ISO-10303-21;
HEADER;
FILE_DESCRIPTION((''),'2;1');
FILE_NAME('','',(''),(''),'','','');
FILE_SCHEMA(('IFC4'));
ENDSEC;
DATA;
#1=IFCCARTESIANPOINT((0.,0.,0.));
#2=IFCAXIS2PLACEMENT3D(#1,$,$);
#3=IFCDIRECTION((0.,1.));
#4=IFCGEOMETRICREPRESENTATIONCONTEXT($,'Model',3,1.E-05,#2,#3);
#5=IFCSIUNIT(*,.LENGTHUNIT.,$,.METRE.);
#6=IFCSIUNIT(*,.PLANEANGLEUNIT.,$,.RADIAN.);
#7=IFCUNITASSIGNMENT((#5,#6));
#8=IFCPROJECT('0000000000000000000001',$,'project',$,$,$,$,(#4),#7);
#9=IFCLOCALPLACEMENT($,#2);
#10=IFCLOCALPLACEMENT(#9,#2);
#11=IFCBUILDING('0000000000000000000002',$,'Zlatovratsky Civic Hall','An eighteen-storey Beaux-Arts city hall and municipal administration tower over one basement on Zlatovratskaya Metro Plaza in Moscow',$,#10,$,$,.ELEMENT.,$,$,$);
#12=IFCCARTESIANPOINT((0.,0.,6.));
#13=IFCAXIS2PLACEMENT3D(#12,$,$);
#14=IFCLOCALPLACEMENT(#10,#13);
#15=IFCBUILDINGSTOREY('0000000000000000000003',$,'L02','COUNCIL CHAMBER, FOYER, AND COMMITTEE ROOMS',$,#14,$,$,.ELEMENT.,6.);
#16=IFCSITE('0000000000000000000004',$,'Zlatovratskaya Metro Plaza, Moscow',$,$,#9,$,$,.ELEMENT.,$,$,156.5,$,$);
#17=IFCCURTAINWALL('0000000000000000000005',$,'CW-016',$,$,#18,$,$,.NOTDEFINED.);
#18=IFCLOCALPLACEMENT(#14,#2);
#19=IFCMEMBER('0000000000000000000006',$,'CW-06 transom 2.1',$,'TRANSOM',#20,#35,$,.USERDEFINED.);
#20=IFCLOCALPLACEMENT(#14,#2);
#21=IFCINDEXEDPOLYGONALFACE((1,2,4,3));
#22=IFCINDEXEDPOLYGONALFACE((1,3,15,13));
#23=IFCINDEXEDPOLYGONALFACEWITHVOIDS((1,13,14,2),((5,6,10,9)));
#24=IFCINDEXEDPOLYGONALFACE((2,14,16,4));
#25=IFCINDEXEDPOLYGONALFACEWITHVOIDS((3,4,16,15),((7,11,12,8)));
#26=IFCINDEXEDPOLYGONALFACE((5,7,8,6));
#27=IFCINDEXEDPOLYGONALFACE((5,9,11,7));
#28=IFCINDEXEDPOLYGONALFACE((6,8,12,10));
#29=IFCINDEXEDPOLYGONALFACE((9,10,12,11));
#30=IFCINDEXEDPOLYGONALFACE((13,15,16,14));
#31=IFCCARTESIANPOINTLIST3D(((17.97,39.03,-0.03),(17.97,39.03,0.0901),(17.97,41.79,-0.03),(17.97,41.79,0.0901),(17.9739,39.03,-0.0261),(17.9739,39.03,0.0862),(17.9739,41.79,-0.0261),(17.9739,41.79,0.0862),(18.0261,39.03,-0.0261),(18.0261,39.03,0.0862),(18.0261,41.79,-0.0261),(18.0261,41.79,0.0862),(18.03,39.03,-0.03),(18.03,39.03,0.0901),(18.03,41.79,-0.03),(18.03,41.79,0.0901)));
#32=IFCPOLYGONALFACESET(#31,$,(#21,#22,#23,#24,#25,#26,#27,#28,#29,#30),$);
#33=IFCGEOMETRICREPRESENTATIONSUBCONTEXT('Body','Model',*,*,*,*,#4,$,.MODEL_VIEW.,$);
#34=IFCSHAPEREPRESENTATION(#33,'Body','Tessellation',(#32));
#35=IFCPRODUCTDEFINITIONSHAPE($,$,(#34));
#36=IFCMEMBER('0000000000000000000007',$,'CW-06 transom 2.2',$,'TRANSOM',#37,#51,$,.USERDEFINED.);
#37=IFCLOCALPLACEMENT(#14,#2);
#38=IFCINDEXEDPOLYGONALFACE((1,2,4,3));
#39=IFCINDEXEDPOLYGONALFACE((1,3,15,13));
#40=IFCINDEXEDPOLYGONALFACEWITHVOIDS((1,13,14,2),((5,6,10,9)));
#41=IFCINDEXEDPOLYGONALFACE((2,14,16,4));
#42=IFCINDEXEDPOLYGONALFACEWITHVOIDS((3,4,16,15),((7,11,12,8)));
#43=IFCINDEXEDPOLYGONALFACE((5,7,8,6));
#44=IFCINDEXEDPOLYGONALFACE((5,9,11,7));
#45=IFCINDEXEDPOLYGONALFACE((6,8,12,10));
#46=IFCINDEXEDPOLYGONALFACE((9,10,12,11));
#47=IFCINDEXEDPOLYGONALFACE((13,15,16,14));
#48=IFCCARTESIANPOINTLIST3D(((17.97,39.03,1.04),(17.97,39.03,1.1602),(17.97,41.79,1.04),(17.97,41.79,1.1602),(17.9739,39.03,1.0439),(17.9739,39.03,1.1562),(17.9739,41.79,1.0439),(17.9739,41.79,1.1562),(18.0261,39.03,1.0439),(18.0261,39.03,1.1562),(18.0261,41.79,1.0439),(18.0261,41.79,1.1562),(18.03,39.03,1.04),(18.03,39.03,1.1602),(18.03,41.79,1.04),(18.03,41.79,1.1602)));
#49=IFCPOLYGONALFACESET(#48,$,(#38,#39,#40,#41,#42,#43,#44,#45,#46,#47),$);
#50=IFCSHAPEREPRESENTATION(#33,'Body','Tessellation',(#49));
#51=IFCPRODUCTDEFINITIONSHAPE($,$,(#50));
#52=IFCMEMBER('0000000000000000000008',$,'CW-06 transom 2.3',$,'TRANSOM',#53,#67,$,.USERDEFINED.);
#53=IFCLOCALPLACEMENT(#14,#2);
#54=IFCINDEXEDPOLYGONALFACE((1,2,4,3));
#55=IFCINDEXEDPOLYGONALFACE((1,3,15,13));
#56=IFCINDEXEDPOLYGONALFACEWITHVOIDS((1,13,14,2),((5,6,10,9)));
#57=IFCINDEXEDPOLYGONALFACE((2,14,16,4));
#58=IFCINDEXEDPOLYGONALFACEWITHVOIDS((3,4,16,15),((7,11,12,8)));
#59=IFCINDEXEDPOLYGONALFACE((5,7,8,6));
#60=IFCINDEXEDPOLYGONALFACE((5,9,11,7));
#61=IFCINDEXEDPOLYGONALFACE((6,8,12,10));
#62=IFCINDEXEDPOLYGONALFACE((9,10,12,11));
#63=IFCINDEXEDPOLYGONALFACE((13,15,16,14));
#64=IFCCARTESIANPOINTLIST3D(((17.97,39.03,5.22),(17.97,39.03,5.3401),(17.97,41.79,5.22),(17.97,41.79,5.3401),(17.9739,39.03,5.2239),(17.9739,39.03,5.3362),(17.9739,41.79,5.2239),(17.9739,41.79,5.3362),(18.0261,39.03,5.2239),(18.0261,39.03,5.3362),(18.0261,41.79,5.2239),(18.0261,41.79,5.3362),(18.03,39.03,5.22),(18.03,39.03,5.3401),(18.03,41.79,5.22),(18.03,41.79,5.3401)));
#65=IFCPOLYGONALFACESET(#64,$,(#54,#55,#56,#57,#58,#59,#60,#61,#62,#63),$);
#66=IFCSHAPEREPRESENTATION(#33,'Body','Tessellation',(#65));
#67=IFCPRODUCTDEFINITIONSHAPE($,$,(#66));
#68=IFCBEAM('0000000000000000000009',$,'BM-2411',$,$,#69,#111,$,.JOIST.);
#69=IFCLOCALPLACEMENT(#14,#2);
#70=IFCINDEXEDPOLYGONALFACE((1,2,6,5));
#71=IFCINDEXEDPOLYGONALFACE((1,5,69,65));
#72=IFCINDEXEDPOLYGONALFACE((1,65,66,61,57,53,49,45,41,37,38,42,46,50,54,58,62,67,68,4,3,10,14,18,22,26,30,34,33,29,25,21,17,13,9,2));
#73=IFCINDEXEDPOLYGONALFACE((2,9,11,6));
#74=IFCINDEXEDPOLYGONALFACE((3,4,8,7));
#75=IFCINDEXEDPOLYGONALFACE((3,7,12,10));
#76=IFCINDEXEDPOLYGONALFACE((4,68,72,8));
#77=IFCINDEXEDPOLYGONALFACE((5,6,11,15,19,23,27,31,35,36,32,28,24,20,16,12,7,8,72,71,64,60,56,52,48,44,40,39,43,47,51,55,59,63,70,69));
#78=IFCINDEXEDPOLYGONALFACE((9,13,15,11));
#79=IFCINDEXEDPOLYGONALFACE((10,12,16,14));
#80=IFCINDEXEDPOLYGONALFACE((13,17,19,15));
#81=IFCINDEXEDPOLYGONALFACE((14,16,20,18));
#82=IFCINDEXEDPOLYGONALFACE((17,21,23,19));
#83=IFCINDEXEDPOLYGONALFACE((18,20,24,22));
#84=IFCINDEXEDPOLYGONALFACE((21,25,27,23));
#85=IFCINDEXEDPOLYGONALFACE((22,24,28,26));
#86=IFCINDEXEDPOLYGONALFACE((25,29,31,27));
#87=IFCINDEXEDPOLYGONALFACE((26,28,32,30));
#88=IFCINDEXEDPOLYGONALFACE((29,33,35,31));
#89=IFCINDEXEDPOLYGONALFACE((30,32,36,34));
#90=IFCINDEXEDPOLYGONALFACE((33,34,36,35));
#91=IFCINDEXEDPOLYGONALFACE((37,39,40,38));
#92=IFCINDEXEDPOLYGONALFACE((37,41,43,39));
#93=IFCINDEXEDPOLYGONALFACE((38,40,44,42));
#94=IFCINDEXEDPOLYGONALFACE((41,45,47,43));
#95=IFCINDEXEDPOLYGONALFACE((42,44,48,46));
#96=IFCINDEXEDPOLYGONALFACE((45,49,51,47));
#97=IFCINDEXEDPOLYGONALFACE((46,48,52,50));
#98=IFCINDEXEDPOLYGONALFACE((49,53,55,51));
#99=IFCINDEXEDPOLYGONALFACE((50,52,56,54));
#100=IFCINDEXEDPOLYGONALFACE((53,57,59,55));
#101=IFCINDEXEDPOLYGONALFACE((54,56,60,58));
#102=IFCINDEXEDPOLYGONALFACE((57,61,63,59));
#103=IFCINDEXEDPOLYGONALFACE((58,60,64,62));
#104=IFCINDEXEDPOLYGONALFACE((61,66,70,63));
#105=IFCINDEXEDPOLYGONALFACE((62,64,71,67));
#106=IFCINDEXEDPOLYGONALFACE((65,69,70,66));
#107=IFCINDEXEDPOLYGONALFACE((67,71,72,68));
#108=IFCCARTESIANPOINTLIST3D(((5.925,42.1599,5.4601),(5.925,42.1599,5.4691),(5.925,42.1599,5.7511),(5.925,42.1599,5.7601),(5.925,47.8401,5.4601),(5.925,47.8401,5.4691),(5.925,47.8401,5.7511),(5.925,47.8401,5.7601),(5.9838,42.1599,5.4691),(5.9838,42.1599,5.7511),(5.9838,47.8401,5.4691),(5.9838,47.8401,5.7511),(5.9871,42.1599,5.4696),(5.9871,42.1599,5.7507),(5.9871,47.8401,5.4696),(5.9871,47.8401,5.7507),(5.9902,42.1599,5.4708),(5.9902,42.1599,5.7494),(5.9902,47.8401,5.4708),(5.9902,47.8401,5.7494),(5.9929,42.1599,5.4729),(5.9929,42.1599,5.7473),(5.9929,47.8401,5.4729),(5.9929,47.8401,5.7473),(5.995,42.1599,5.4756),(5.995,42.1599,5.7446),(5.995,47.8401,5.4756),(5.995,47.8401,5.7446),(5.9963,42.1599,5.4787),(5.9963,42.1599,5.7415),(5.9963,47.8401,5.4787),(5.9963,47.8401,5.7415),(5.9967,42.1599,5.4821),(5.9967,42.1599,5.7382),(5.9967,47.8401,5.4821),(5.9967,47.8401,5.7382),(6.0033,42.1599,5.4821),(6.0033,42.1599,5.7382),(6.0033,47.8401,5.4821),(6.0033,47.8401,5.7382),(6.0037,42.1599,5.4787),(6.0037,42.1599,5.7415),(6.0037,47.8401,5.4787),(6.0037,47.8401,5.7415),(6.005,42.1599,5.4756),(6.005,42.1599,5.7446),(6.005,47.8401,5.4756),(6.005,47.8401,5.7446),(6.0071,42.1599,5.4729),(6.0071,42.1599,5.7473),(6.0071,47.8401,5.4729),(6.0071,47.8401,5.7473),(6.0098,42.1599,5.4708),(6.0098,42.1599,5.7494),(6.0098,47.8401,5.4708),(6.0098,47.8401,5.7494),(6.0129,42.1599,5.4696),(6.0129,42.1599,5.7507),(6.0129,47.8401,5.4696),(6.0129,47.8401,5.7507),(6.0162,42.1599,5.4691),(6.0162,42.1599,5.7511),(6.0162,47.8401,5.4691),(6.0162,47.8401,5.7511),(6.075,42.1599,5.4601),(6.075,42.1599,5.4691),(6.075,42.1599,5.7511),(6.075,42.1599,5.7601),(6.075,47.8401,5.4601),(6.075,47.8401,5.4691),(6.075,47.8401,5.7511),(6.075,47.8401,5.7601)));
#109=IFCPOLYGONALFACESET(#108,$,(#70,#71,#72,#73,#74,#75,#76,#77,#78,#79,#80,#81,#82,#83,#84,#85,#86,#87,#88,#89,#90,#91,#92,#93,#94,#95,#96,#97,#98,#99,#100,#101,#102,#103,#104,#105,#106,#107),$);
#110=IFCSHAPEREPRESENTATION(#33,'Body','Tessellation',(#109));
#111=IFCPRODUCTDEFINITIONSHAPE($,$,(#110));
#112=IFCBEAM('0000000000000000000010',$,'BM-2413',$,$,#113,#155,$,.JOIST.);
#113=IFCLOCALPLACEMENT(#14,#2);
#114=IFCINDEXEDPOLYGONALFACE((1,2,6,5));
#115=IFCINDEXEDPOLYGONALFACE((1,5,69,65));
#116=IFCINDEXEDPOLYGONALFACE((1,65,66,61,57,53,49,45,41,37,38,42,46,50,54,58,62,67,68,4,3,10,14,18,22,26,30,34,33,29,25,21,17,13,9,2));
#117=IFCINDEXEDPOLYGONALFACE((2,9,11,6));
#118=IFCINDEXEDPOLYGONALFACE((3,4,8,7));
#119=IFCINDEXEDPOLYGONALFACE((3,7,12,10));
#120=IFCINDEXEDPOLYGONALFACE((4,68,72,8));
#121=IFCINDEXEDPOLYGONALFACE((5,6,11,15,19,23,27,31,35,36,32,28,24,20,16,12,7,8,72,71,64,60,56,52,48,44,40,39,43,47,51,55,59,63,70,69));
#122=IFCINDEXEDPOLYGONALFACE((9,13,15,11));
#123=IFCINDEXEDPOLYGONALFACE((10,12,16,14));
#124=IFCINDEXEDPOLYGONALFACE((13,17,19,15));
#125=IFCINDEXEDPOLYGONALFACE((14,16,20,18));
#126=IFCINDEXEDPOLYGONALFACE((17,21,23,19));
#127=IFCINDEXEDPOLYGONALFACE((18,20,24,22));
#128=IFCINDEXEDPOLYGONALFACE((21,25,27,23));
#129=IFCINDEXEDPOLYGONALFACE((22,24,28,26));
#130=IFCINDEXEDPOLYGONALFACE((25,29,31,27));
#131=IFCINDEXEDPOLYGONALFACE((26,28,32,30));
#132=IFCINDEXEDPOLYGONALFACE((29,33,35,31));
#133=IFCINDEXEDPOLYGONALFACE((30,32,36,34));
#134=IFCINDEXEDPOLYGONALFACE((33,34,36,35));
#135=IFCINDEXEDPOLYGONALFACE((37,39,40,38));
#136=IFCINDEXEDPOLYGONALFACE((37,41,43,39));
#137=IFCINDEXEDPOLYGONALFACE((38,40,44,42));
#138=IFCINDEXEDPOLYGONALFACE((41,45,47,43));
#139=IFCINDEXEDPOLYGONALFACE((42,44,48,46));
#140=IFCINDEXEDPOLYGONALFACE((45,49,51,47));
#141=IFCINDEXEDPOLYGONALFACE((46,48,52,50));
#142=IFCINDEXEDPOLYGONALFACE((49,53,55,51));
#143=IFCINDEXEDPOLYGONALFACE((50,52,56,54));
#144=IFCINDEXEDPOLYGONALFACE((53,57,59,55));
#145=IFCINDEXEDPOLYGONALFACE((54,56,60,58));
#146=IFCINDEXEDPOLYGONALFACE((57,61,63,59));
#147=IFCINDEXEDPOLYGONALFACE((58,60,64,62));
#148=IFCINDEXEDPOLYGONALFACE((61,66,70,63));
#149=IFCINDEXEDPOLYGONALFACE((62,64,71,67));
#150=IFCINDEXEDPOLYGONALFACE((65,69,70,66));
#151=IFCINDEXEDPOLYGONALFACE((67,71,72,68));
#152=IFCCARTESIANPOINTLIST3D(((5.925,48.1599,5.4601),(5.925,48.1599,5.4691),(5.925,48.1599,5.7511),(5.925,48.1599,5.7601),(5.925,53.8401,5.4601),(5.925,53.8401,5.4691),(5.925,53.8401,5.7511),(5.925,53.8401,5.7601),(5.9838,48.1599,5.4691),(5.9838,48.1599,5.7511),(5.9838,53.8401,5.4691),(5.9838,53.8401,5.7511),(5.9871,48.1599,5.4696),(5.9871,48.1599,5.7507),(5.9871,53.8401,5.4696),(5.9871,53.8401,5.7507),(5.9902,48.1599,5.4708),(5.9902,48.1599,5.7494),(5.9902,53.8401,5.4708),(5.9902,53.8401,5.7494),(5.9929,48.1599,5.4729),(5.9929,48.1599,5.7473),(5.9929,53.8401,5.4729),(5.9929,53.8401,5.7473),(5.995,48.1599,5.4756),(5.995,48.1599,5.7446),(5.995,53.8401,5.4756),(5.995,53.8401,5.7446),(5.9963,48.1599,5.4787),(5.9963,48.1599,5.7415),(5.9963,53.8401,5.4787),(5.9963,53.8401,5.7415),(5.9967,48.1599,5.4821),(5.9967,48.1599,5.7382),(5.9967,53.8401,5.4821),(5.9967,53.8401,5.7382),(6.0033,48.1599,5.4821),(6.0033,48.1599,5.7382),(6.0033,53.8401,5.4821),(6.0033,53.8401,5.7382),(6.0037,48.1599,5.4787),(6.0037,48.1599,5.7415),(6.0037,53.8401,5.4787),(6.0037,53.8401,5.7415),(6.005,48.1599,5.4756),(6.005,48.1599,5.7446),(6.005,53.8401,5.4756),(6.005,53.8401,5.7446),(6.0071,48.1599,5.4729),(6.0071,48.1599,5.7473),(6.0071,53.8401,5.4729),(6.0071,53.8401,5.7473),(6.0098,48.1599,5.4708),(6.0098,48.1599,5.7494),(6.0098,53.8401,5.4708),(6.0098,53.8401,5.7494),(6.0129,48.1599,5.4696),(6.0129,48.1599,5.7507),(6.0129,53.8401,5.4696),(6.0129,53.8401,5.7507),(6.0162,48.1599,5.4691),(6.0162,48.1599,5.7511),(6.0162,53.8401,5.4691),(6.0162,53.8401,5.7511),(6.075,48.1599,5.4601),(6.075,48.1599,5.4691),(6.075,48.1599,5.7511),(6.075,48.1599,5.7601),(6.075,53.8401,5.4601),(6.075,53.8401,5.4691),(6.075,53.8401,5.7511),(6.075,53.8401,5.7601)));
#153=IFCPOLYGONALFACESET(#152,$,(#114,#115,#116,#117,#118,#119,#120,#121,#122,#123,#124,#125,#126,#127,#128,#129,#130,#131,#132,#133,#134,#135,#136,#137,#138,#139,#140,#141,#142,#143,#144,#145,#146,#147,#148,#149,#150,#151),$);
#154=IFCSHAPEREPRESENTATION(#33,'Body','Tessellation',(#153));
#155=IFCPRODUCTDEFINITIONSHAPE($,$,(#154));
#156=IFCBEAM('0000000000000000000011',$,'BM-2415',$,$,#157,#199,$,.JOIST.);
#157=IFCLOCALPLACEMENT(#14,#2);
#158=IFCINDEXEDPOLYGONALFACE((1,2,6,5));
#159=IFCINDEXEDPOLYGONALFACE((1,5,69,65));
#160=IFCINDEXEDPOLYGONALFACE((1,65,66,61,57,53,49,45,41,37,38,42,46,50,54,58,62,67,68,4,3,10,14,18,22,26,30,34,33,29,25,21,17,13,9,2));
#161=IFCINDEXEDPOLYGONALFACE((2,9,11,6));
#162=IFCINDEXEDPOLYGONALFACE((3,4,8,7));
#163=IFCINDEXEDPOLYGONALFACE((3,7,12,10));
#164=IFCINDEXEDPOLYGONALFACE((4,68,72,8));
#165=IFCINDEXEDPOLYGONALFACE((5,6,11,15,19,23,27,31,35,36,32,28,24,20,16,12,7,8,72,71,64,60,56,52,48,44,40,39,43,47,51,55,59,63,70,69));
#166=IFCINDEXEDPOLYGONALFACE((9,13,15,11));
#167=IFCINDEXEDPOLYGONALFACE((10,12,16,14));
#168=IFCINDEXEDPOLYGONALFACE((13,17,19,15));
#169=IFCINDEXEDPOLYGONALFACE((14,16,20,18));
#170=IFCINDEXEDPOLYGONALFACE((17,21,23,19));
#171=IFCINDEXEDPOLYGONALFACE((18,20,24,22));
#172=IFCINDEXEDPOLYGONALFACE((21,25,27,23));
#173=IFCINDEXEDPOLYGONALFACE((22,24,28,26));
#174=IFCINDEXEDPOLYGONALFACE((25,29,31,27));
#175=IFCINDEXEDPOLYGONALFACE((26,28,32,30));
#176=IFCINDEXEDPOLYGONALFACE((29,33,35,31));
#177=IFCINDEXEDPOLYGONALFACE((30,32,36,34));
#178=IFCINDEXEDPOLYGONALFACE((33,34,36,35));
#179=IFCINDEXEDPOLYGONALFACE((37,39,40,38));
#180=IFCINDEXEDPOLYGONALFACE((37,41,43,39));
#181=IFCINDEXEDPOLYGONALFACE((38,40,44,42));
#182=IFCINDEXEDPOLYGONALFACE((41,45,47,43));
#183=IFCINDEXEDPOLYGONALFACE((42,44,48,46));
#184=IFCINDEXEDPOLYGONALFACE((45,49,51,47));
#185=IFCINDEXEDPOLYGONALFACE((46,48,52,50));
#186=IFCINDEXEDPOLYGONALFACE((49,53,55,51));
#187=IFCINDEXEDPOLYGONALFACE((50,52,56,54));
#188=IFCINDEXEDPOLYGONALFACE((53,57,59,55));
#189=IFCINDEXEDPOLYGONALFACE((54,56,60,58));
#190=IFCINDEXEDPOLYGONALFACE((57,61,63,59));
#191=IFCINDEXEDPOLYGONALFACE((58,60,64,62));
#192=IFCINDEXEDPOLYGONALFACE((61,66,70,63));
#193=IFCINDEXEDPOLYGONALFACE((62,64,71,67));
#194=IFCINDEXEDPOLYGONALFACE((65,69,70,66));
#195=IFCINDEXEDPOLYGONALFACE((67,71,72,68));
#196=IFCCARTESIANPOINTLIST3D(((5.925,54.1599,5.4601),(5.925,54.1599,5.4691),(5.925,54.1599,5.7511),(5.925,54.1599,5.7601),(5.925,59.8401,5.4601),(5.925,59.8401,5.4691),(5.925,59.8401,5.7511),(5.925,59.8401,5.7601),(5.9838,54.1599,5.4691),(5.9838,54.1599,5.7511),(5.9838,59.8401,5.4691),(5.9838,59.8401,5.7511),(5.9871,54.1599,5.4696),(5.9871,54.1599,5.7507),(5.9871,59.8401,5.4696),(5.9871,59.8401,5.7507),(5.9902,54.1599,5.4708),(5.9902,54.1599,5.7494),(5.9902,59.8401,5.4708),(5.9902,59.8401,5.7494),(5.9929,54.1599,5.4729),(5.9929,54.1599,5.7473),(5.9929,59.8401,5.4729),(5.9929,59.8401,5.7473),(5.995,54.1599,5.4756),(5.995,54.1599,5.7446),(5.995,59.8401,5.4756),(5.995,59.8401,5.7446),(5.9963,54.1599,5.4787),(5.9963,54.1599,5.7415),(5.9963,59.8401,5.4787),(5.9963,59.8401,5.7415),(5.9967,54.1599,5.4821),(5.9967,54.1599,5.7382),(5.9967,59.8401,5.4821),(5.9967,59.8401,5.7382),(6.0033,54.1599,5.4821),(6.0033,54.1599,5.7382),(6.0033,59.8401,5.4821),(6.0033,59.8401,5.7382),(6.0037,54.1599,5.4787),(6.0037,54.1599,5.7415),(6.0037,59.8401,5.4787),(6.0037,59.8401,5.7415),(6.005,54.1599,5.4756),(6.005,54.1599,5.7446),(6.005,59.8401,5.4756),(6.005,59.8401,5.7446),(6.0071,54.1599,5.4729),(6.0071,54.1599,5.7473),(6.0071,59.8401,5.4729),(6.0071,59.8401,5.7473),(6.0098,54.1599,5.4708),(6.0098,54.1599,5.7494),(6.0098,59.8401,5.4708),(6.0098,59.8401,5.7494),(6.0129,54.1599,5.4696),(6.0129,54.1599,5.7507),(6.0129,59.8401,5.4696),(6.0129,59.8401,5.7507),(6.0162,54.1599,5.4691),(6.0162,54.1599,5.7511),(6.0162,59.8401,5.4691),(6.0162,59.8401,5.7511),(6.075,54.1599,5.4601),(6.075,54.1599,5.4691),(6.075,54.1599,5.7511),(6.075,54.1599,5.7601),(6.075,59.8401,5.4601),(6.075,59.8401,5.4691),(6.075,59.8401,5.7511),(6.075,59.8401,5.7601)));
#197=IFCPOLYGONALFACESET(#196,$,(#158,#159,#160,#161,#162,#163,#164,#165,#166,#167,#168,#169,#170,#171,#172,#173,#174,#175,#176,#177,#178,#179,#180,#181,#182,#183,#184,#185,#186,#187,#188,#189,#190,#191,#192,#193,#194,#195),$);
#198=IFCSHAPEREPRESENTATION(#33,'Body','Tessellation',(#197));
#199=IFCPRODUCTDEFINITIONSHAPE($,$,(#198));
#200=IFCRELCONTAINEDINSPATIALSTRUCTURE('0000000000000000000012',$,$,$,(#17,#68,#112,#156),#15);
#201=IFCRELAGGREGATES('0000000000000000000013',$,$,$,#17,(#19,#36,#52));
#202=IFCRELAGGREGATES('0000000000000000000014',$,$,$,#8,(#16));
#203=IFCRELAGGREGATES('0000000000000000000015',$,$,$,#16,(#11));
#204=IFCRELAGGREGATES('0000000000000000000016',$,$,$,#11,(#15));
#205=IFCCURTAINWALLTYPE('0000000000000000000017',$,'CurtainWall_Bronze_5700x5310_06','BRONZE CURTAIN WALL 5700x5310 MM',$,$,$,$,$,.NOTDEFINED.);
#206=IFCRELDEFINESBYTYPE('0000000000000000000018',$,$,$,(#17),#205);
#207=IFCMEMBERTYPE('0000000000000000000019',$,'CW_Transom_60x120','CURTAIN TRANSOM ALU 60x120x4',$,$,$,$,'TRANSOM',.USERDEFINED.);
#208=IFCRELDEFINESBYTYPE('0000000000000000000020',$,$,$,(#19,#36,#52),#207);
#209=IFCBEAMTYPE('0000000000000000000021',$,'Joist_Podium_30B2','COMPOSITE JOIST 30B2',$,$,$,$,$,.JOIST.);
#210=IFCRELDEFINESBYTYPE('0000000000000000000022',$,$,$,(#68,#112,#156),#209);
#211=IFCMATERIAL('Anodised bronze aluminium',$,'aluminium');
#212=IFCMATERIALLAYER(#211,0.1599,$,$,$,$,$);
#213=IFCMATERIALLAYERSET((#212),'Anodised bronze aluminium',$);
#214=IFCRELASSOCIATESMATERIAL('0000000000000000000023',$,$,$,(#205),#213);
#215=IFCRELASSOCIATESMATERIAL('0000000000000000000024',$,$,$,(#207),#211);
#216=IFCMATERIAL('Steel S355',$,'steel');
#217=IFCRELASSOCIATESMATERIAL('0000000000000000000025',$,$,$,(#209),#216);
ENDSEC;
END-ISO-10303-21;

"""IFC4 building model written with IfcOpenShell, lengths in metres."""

from ifc_helpers import new_model, si_unit, direction, frame, origin, origin_2d, place, context, subcontext, project, spatial, hollow_rectangle, i_section, extrude, material, layer, layer_set, material_profile, profile_set, type_object, element, aggregate, save


model = new_model("IFC4")

# Units and contexts
model_context = context("Model", 3, precision=1e-05, world=origin(), true_north=direction((0.0, 1.0)))
body_context = subcontext(model_context, "Body", "Model", "MODEL_VIEW")
ifc_project = project(units=[si_unit("LENGTHUNIT", "METRE"), si_unit("PLANEANGLEUNIT", "RADIAN")], contexts=[model_context])

# Site, building, storey
site_placement = place(None, origin())
site = spatial("IfcSite", under=ifc_project, at=site_placement, Name="Zlatovratskaya Metro Plaza, Moscow", CompositionType="ELEMENT", RefElevation=156.5)
building_placement = place(site_placement, origin())
building = spatial("IfcBuilding", under=site, at=building_placement, Name="Zlatovratsky Civic Hall", Description="An eighteen-storey Beaux-Arts city hall and municipal administration tower over one basement on Zlatovratskaya Metro Plaza in Moscow", CompositionType="ELEMENT")
storey_placement = place(building_placement, frame((0.0, 0.0, 6.0)))
storey = spatial("IfcBuildingStorey", under=building, at=storey_placement, Name="L02", Description="COUNCIL CHAMBER, FOYER, AND COMMITTEE ROOMS", CompositionType="ELEMENT", Elevation=6.0)

# Shared definitions
ifc_material_1 = material(Name="Steel S355", Category="steel")

# Curtain wall, members
ifc_material_2 = material(Name="Anodised bronze aluminium", Category="aluminium")
ifc_layer_1 = layer(ifc_material_2, 0.1599)
ifc_layer_set_1 = layer_set([ifc_layer_1], Name="Anodised bronze aluminium")
curtain_wall_type = type_object("IfcCurtainWallType", Name="CurtainWall_Bronze_5700x5310_06", Description="BRONZE CURTAIN WALL 5700x5310 MM", PredefinedType="NOTDEFINED", material=ifc_layer_set_1)
curtain_wall_placement = place(storey_placement, origin())
curtain_wall = element("IfcCurtainWall", 1, at=curtain_wall_placement, inside=storey, type_object=curtain_wall_type, Name="CW-016", PredefinedType="NOTDEFINED")
ifc_material_profile_1 = material_profile(ifc_material_2, hollow_rectangle(XDim=0.0601, YDim=0.1201, WallThickness=0.0039, at=origin_2d()), Name="ALU 60x120x4")
ifc_profile_set_1 = profile_set([ifc_material_profile_1], Name="Anodised bronze aluminium")
member_type_1 = type_object("IfcMemberType", Name="CW_Transom_60x120", Description="CURTAIN TRANSOM ALU 60x120x4", ElementType="TRANSOM", PredefinedType="USERDEFINED", material=ifc_profile_set_1)
member_1_placement = place(storey_placement, frame((18.0, 39.03, 0.03), z_axis=(0.0, 1.0, 0.0), x_axis=(-1.0, 0.0, 0.0)))
member_1 = element("IfcMember", 2, at=member_1_placement, type_object=member_type_1, Name="CW-06 transom 2.1", ObjectType="TRANSOM", PredefinedType="USERDEFINED", context=body_context, shape_type="SweptSolid", body=[
    extrude(hollow_rectangle(XDim=0.0601, YDim=0.1201, WallThickness=0.0039, at=origin_2d()), origin(), (0.0, 0.0, 1.0), 2.76),
])
member_2_placement = place(storey_placement, frame((18.0, 39.03, 1.1001), z_axis=(0.0, 1.0, 0.0), x_axis=(-1.0, 0.0, 0.0)))
member_2 = element("IfcMember", 3, at=member_2_placement, type_object=member_type_1, Name="CW-06 transom 2.2", ObjectType="TRANSOM", PredefinedType="USERDEFINED", context=body_context, shape_type="SweptSolid", body=[
    extrude(hollow_rectangle(XDim=0.0601, YDim=0.1201, WallThickness=0.0039, at=origin_2d()), origin(), (0.0, 0.0, 1.0), 2.76),
])
member_3_placement = place(storey_placement, frame((18.0, 39.03, 5.28), z_axis=(0.0, 1.0, 0.0), x_axis=(-1.0, 0.0, 0.0)))
member_3 = element("IfcMember", 4, at=member_3_placement, type_object=member_type_1, Name="CW-06 transom 2.3", ObjectType="TRANSOM", PredefinedType="USERDEFINED", context=body_context, shape_type="SweptSolid", body=[
    extrude(hollow_rectangle(XDim=0.0601, YDim=0.1201, WallThickness=0.0039, at=origin_2d()), origin(), (0.0, 0.0, 1.0), 2.76),
])

# Beams
ifc_material_profile_2 = material_profile(ifc_material_1, i_section(OverallWidth=0.1499, OverallDepth=0.3, WebThickness=0.0066, FlangeThickness=0.009, FilletRadius=0.0129, at=origin_2d()), Name="30B2")
ifc_profile_set_2 = profile_set([ifc_material_profile_2], Name="Steel S355")
beam_type_1 = type_object("IfcBeamType", Name="Joist_Podium_30B2", Description="COMPOSITE JOIST 30B2", PredefinedType="JOIST", material=ifc_profile_set_2)
for number, where, z_axis, x_axis, name in (
    (5, (6.0, 42.1599, 5.6101), (0.0, 1.0, 0.0), (-1.0, 0.0, 0.0), "BM-2411"),
    (6, (6.0, 48.1599, 5.6101), (0.0, 1.0, 0.0), (-1.0, 0.0, 0.0), "BM-2413"),
    (7, (6.0, 54.1599, 5.6101), (0.0, 1.0, 0.0), (-1.0, 0.0, 0.0), "BM-2415"),
):
    element("IfcBeam", number, at=place(storey_placement, frame(where, z_axis=z_axis, x_axis=x_axis)), inside=storey, type_object=beam_type_1, Name=name, PredefinedType="JOIST", context=body_context, shape_type="SweptSolid", body=[
        extrude(i_section(OverallWidth=0.1499, OverallDepth=0.3, WebThickness=0.0066, FlangeThickness=0.009, FilletRadius=0.0129, at=origin_2d()), origin(), (0.0, 0.0, 1.0), 5.6802),
    ])

aggregate(curtain_wall, [member_1, member_2, member_3])

save(model, "model.ifc")
